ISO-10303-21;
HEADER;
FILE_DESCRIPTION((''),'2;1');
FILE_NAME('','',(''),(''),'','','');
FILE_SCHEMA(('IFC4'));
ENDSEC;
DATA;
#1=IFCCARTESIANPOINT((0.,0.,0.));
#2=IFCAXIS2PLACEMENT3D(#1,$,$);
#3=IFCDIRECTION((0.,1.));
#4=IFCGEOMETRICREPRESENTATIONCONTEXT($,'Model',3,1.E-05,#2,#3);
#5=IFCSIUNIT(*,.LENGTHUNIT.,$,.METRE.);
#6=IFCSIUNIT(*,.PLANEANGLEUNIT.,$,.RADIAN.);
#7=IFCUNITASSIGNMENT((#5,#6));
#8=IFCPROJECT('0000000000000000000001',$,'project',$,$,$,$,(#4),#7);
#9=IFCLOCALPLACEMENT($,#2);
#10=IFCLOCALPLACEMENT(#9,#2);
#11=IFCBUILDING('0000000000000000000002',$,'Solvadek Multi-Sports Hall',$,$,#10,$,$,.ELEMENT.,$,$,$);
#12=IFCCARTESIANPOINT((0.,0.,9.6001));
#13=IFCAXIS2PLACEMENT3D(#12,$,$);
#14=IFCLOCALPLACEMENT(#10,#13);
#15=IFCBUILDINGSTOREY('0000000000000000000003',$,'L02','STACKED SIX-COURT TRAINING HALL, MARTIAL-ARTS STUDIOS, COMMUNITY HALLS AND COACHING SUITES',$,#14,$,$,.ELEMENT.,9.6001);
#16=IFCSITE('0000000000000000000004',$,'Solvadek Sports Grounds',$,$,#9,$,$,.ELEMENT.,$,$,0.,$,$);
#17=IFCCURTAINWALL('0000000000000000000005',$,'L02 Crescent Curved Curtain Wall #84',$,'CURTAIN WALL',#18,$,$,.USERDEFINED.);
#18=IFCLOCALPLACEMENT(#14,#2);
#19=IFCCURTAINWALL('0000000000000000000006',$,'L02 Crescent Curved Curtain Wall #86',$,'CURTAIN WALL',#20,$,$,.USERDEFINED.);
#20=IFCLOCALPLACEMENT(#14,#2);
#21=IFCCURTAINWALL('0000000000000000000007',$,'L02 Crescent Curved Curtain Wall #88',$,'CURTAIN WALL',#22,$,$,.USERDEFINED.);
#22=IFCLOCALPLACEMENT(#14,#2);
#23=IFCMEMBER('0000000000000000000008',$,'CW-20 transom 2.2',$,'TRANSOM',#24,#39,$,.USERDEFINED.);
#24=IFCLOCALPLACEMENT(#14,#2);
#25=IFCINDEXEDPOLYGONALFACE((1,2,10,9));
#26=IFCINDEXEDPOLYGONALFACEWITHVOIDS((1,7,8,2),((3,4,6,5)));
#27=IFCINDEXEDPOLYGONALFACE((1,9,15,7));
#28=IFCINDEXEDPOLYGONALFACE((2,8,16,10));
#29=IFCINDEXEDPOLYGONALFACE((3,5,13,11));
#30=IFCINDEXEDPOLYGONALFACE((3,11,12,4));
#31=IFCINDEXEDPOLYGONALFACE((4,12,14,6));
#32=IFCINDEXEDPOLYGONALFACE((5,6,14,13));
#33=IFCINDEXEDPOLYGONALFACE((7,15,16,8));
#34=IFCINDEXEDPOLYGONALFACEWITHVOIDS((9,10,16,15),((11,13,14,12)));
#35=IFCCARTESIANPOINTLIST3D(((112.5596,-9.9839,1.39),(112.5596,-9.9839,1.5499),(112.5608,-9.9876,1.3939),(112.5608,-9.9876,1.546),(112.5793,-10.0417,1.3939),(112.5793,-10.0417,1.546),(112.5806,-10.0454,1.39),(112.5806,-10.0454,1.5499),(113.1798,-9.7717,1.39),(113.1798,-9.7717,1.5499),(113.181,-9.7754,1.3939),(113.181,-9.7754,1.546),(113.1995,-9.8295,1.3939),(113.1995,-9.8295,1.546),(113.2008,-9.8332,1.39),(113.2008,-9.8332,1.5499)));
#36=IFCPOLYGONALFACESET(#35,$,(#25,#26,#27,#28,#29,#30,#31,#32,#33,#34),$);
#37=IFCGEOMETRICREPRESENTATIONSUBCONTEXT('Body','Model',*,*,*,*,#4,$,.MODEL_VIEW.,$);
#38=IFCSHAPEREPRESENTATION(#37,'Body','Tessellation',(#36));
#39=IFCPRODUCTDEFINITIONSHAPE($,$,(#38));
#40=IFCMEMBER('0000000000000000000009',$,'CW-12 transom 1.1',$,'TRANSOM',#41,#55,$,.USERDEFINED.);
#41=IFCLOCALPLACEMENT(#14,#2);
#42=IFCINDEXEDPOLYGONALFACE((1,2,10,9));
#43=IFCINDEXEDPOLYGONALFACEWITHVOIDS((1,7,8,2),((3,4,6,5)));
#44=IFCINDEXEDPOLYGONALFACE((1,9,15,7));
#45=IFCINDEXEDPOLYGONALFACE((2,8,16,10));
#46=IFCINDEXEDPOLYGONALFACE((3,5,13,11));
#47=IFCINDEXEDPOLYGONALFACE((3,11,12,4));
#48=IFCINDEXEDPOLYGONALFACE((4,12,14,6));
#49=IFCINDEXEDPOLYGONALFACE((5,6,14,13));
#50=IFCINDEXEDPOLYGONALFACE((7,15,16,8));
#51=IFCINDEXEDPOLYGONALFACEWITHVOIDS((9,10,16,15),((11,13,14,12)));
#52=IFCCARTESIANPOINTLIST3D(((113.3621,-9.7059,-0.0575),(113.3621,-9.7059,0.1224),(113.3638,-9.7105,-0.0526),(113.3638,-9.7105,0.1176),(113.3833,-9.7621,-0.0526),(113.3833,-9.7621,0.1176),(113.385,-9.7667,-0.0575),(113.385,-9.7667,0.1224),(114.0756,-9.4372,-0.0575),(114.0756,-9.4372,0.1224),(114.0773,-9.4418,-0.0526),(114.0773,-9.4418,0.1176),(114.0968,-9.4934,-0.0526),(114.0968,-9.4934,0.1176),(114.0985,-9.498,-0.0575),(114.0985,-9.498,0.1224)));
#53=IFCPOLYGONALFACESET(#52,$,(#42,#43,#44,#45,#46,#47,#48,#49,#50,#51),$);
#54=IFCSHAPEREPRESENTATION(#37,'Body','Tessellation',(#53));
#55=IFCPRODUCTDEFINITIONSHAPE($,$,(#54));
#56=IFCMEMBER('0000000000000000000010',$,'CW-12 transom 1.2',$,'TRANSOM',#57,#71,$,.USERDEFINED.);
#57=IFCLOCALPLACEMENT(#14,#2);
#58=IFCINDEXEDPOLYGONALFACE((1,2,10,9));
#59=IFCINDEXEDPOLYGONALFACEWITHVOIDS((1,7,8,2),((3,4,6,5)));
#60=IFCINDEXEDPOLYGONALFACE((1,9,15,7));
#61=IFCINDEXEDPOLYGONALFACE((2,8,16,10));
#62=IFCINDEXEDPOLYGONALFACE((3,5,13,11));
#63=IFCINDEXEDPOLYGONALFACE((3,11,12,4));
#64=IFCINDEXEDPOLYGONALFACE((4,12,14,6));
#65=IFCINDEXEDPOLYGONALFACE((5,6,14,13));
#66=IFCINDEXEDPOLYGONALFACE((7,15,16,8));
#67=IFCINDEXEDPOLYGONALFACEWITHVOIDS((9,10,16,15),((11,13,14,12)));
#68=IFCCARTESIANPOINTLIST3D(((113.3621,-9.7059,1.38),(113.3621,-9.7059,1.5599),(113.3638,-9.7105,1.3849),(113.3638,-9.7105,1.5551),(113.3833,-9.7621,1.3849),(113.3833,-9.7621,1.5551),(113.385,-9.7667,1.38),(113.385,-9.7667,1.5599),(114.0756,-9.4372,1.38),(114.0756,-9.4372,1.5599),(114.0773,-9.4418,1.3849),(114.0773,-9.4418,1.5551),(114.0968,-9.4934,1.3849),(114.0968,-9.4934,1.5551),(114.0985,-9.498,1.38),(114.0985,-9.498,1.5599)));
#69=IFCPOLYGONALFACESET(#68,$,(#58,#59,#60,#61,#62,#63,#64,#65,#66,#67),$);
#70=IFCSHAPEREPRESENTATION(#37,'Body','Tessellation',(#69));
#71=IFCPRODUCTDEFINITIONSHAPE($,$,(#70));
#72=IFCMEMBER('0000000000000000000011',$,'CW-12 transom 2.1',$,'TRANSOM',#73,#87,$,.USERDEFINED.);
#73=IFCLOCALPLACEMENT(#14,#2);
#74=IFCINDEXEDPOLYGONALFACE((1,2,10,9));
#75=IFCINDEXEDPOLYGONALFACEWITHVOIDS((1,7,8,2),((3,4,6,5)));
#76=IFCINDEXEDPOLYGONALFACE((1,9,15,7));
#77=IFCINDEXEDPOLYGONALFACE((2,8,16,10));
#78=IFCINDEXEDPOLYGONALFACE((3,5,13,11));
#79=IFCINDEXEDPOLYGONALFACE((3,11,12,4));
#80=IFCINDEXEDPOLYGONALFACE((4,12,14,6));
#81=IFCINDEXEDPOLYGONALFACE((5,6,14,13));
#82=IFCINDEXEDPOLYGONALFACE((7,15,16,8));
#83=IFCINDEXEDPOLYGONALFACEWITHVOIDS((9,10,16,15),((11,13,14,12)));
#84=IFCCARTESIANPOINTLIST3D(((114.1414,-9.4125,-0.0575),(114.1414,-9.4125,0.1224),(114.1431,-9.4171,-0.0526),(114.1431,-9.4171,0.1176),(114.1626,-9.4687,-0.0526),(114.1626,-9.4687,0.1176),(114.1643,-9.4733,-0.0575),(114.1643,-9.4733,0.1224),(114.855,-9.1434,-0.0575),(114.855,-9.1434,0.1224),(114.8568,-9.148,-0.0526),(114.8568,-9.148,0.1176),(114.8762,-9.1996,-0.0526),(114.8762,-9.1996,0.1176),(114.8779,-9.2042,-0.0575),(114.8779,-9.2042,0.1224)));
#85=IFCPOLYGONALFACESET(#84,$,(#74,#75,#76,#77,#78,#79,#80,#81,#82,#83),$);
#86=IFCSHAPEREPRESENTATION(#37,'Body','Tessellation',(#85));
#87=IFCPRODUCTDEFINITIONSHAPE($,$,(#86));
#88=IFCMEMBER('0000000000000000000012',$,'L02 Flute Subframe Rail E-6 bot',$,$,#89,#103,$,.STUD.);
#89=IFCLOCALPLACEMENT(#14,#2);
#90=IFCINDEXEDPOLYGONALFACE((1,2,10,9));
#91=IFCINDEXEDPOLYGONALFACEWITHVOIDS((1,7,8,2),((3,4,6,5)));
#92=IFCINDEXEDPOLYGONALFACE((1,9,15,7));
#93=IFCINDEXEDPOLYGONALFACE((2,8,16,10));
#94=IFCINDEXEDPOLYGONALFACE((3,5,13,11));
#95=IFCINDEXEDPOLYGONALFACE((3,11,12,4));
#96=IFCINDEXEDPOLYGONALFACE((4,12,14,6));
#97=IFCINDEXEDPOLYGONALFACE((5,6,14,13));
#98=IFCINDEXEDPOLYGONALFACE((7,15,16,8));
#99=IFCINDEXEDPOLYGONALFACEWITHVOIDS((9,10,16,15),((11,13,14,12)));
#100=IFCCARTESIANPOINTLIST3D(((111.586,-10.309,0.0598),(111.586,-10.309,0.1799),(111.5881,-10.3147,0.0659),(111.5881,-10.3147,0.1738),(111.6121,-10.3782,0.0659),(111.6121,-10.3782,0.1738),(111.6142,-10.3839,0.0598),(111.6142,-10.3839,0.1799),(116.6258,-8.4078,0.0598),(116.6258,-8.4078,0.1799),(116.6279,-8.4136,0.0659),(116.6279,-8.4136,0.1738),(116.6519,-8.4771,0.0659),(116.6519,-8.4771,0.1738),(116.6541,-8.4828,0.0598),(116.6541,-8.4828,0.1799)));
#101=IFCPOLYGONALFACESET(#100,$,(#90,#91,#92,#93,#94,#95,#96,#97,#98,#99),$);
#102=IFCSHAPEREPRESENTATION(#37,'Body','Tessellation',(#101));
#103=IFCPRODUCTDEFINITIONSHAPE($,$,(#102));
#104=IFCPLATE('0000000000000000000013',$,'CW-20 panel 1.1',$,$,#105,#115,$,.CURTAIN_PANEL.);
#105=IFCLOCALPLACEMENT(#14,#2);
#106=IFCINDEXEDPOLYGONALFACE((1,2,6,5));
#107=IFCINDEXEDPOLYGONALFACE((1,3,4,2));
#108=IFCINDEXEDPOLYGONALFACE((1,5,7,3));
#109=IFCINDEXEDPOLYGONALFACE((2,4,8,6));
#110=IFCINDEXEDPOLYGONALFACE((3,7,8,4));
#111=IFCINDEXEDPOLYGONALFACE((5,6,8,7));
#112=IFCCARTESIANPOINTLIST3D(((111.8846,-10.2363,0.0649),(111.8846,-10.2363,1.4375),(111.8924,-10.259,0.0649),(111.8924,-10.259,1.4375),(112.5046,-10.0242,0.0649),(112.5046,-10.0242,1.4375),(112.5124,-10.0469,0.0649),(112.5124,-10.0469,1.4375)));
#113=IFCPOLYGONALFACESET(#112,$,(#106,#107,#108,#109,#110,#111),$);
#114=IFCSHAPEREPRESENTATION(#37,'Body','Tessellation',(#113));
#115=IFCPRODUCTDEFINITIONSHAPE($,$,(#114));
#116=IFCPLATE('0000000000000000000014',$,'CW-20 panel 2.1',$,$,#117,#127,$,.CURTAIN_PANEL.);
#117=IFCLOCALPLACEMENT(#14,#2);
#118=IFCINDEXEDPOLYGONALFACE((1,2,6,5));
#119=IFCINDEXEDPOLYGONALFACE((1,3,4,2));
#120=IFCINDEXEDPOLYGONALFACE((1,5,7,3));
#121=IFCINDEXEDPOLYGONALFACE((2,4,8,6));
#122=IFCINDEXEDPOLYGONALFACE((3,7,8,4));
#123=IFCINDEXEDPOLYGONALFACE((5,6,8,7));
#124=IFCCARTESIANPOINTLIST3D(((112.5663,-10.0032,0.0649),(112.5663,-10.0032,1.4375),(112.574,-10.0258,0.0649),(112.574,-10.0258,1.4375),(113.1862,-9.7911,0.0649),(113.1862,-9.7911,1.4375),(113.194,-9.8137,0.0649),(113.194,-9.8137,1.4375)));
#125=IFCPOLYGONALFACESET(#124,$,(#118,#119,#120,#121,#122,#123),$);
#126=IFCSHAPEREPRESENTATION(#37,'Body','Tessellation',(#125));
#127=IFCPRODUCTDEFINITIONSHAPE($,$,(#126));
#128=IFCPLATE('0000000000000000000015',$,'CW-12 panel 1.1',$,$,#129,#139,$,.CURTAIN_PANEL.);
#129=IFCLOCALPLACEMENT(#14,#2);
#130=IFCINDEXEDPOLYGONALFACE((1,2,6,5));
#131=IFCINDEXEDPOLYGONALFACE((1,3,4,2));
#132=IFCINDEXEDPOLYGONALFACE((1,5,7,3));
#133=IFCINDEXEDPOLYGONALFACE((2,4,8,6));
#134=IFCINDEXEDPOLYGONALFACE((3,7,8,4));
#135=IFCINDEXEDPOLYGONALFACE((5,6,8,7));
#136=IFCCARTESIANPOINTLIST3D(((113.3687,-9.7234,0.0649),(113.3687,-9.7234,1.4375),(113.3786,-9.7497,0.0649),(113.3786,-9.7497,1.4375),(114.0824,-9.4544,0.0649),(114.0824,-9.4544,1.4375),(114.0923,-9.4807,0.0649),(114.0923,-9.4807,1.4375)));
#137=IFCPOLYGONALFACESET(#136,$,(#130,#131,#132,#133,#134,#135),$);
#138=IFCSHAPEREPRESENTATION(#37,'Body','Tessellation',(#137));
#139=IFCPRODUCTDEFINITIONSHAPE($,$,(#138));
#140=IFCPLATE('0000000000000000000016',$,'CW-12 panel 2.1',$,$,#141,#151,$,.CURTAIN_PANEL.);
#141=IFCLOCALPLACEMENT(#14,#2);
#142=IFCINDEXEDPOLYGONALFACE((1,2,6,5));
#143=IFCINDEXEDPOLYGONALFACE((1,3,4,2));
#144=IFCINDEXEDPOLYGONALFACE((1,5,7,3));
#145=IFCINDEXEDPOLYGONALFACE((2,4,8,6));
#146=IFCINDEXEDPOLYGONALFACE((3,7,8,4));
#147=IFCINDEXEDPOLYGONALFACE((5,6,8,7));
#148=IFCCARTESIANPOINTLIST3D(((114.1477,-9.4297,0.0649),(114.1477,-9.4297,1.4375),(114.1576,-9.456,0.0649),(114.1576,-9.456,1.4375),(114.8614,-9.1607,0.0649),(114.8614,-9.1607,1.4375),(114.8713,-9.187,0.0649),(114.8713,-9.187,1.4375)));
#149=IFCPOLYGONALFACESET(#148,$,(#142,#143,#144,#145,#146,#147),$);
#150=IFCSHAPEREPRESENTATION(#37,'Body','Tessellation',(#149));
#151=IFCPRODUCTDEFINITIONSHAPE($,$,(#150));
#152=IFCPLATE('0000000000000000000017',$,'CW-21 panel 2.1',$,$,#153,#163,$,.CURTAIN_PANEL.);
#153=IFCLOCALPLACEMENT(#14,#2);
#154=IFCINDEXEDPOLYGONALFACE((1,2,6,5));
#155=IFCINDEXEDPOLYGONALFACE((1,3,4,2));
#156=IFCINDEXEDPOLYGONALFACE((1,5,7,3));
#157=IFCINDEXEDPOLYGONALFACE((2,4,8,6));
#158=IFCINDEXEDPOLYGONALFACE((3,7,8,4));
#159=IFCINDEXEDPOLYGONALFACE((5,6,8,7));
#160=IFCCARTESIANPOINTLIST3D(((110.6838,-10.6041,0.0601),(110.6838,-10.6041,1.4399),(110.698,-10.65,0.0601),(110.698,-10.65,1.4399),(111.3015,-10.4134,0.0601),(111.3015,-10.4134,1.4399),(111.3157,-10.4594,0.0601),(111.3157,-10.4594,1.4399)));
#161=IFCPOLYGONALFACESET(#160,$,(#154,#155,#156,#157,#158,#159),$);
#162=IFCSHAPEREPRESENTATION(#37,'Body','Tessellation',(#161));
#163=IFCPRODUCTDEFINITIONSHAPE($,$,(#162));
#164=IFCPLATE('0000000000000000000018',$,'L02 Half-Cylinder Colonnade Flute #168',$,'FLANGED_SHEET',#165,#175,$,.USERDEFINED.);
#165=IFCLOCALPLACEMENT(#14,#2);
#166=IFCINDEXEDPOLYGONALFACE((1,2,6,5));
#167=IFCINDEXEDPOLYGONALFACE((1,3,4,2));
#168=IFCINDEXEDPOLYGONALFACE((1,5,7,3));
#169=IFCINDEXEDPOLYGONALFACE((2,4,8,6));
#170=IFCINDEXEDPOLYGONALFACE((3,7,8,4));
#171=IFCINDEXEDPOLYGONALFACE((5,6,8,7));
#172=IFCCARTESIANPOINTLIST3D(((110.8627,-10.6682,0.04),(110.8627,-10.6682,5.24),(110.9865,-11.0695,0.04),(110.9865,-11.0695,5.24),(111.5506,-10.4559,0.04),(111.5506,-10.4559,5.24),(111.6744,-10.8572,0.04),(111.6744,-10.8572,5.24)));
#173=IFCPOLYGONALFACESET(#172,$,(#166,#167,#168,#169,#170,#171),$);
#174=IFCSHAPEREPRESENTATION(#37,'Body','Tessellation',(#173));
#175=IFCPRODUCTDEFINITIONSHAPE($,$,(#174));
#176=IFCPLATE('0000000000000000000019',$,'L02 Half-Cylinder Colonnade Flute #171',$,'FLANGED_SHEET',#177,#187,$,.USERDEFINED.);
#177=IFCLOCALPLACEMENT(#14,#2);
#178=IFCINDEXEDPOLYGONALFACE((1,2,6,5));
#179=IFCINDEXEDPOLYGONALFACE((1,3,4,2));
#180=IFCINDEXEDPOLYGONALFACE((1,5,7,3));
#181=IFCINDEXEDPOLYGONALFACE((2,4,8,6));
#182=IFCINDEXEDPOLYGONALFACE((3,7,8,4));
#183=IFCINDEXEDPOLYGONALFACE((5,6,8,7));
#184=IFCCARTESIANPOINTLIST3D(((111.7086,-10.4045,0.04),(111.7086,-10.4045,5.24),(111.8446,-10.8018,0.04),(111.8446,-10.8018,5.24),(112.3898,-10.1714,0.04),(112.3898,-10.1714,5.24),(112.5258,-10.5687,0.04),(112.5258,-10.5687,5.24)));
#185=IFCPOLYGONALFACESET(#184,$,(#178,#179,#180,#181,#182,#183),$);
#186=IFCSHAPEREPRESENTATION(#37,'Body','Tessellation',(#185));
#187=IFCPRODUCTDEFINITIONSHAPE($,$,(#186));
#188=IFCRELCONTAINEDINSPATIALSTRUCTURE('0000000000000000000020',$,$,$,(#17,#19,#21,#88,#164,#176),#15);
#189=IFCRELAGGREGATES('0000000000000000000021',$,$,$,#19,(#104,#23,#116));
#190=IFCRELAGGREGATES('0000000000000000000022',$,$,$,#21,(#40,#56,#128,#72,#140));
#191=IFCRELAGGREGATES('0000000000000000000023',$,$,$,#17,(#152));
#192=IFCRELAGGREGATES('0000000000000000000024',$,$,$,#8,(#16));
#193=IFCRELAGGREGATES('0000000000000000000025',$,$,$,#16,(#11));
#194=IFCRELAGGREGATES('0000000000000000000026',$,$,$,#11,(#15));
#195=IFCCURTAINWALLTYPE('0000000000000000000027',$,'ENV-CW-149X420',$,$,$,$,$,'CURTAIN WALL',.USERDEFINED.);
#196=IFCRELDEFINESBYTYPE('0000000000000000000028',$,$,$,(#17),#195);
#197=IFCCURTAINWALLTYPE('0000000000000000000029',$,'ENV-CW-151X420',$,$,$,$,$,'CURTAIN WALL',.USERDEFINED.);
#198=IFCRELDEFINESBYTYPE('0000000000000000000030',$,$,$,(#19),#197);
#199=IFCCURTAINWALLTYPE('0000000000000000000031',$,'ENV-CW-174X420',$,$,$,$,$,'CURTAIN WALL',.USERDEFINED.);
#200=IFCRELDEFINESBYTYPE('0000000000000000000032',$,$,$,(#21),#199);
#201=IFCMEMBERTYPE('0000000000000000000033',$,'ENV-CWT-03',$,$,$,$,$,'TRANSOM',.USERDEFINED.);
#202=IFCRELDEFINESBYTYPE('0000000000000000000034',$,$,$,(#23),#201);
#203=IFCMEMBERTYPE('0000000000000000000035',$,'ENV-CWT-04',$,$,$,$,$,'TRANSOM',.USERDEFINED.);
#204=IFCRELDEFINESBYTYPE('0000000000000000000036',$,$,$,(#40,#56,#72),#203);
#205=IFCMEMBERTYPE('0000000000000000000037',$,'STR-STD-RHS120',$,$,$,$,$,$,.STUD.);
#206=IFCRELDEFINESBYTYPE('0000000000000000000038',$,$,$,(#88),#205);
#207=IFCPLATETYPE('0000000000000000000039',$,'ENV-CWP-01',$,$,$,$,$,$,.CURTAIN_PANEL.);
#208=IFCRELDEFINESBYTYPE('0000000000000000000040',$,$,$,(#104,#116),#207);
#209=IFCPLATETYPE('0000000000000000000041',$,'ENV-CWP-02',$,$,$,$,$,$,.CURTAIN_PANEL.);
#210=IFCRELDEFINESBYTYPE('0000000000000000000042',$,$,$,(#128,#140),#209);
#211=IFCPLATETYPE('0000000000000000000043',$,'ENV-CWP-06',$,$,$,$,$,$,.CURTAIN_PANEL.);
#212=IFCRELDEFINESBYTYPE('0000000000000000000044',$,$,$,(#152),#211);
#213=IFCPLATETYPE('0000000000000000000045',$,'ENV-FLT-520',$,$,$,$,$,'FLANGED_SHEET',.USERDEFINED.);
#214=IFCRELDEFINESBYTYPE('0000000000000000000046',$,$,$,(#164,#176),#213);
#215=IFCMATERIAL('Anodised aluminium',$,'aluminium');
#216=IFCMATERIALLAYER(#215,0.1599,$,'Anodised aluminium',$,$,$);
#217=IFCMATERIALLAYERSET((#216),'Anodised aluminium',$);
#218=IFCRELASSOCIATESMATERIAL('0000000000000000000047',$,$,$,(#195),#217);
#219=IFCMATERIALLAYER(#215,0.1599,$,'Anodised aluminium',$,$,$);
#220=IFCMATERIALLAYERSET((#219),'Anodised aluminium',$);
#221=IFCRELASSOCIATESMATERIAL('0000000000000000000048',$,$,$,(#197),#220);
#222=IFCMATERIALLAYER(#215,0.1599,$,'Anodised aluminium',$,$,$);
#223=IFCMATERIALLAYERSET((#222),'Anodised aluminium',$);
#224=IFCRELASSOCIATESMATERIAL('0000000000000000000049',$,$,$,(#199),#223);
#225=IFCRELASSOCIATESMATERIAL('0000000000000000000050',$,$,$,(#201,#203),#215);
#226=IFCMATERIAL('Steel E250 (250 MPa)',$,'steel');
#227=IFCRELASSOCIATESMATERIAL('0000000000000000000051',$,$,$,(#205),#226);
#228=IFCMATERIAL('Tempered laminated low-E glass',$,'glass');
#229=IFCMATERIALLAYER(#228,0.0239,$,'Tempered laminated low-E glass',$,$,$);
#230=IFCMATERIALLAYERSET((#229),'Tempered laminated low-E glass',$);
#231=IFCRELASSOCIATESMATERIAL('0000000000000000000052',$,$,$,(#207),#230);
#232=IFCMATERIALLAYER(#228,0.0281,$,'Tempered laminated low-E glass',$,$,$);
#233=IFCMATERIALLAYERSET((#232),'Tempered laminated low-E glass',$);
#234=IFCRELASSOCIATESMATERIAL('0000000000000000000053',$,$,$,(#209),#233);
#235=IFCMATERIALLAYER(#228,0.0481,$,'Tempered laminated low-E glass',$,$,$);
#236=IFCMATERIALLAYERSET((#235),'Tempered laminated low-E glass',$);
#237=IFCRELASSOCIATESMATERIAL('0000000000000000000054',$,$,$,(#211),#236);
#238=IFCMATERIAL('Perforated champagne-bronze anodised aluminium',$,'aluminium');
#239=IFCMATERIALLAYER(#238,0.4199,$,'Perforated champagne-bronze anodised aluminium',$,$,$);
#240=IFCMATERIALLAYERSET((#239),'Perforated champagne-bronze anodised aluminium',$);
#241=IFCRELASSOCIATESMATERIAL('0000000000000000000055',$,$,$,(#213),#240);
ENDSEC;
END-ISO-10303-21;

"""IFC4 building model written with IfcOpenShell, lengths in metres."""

from ifc_helpers import new_model, si_unit, direction, frame, origin, origin_2d, place, context, subcontext, project, spatial, rectangle, hollow_rectangle, extrude, material, layer, layer_set, material_profile, profile_set, type_object, element, aggregate, save


model = new_model("IFC4")

# Units and contexts
model_context = context("Model", 3, precision=1e-05, world=origin(), true_north=direction((0.0, 1.0)))
body_context = subcontext(model_context, "Body", "Model", "MODEL_VIEW")
ifc_project = project(units=[si_unit("LENGTHUNIT", "METRE"), si_unit("PLANEANGLEUNIT", "RADIAN")], contexts=[model_context])

# Site, building, storey
site_placement = place(None, origin())
site = spatial("IfcSite", under=ifc_project, at=site_placement, Name="Solvadek Sports Grounds", CompositionType="ELEMENT", RefElevation=0.0)
building_placement = place(site_placement, origin())
building = spatial("IfcBuilding", under=site, at=building_placement, Name="Solvadek Multi-Sports Hall", CompositionType="ELEMENT")
storey_placement = place(building_placement, frame((0.0, 0.0, 9.6001)))
storey = spatial("IfcBuildingStorey", under=building, at=storey_placement, Name="L02", Description="STACKED SIX-COURT TRAINING HALL, MARTIAL-ARTS STUDIOS, COMMUNITY HALLS AND COACHING SUITES", CompositionType="ELEMENT", Elevation=9.6001)

# Curtain wall
ifc_material_1 = material(Name="Anodised aluminium", Category="aluminium")
ifc_layer_1 = layer(ifc_material_1, 0.1599, Name="Anodised aluminium")
ifc_layer_set_1 = layer_set([ifc_layer_1], Name="Anodised aluminium")
curtain_wall_type_1 = type_object("IfcCurtainWallType", Name="ENV-CW-149X420", ElementType="CURTAIN WALL", PredefinedType="USERDEFINED", material=ifc_layer_set_1)
curtain_wall_1_placement = place(storey_placement, origin())
curtain_wall_1 = element("IfcCurtainWall", 1, at=curtain_wall_1_placement, inside=storey, type_object=curtain_wall_type_1, Name="L02 Crescent Curved Curtain Wall #84", ObjectType="CURTAIN WALL", PredefinedType="USERDEFINED")

# Curtain walls
ifc_layer_2 = layer(ifc_material_1, 0.1599, Name="Anodised aluminium")
ifc_layer_set_2 = layer_set([ifc_layer_2], Name="Anodised aluminium")
curtain_wall_type_2 = type_object("IfcCurtainWallType", Name="ENV-CW-151X420", ElementType="CURTAIN WALL", PredefinedType="USERDEFINED", material=ifc_layer_set_2)
curtain_wall_2_placement = place(storey_placement, origin())
curtain_wall_2 = element("IfcCurtainWall", 2, at=curtain_wall_2_placement, inside=storey, type_object=curtain_wall_type_2, Name="L02 Crescent Curved Curtain Wall #86", ObjectType="CURTAIN WALL", PredefinedType="USERDEFINED")
ifc_layer_3 = layer(ifc_material_1, 0.1599, Name="Anodised aluminium")
ifc_layer_set_3 = layer_set([ifc_layer_3], Name="Anodised aluminium")
curtain_wall_type_3 = type_object("IfcCurtainWallType", Name="ENV-CW-174X420", ElementType="CURTAIN WALL", PredefinedType="USERDEFINED", material=ifc_layer_set_3)
curtain_wall_3_placement = place(storey_placement, origin())
curtain_wall_3 = element("IfcCurtainWall", 3, at=curtain_wall_3_placement, inside=storey, type_object=curtain_wall_type_3, Name="L02 Crescent Curved Curtain Wall #88", ObjectType="CURTAIN WALL", PredefinedType="USERDEFINED")

# Members
ifc_material_profile_1 = material_profile(ifc_material_1, hollow_rectangle(XDim=0.0649, YDim=0.1599, WallThickness=0.0039, at=origin_2d()), Name="ALU-T 160x65x4")
ifc_profile_set_1 = profile_set([ifc_material_profile_1], Name="Anodised aluminium")
member_type_1 = type_object("IfcMemberType", Name="ENV-CWT-03", ElementType="TRANSOM", PredefinedType="USERDEFINED", material=ifc_profile_set_1)
member_1_placement = place(storey_placement, frame((112.5701, -10.0146, 1.47), z_axis=(0.946158, 0.323705, 0.0), x_axis=(-0.323705, 0.946158, 0.0)))
member_1 = element("IfcMember", 4, at=member_1_placement, type_object=member_type_1, Name="CW-20 transom 2.2", ObjectType="TRANSOM", PredefinedType="USERDEFINED", context=body_context, shape_type="SweptSolid", body=[
    extrude(hollow_rectangle(XDim=0.0649, YDim=0.1599, WallThickness=0.0039, at=origin_2d()), origin(), (0.0, 0.0, 1.0), 0.6555),
])
ifc_material_profile_2 = material_profile(ifc_material_1, hollow_rectangle(XDim=0.0649, YDim=0.1799, WallThickness=0.0049, at=origin_2d()), Name="ALU-T 180x65x5")
ifc_profile_set_2 = profile_set([ifc_material_profile_2], Name="Anodised aluminium")
member_type_2 = type_object("IfcMemberType", Name="ENV-CWT-04", ElementType="TRANSOM", PredefinedType="USERDEFINED", material=ifc_profile_set_2)
member_2_placement = place(storey_placement, frame((113.3735, -9.7363, 0.0325), z_axis=(0.935815, 0.352491, 0.0), x_axis=(-0.352491, 0.935815, 0.0)))
member_2 = element("IfcMember", 5, at=member_2_placement, type_object=member_type_2, Name="CW-12 transom 1.1", ObjectType="TRANSOM", PredefinedType="USERDEFINED", context=body_context, shape_type="SweptSolid", body=[
    extrude(hollow_rectangle(XDim=0.0649, YDim=0.1799, WallThickness=0.0049, at=origin_2d()), origin(), (0.0, 0.0, 1.0), 0.7625),
])
member_3_placement = place(storey_placement, frame((113.3735, -9.7363, 1.47), z_axis=(0.935815, 0.352491, 0.0), x_axis=(-0.352491, 0.935815, 0.0)))
member_3 = element("IfcMember", 6, at=member_3_placement, type_object=member_type_2, Name="CW-12 transom 1.2", ObjectType="TRANSOM", PredefinedType="USERDEFINED", context=body_context, shape_type="SweptSolid", body=[
    extrude(hollow_rectangle(XDim=0.0649, YDim=0.1799, WallThickness=0.0049, at=origin_2d()), origin(), (0.0, 0.0, 1.0), 0.7625),
])
member_4_placement = place(storey_placement, frame((114.1528, -9.4429, 0.0325), z_axis=(0.935709, 0.352772, 0.0), x_axis=(-0.352772, 0.935709, 0.0)))
member_4 = element("IfcMember", 7, at=member_4_placement, type_object=member_type_2, Name="CW-12 transom 2.1", ObjectType="TRANSOM", PredefinedType="USERDEFINED", context=body_context, shape_type="SweptSolid", body=[
    extrude(hollow_rectangle(XDim=0.0649, YDim=0.1799, WallThickness=0.0049, at=origin_2d()), origin(), (0.0, 0.0, 1.0), 0.7627),
])
ifc_material_2 = material(Name="Steel E250 (250 MPa)", Category="steel")
ifc_material_profile_3 = material_profile(ifc_material_2, hollow_rectangle(XDim=0.0801, YDim=0.1201, WallThickness=0.0061, at=origin_2d()), Name="RHS 120x80x6")
ifc_profile_set_3 = profile_set([ifc_material_profile_3], Name="Steel E250 (250 MPa)")
member_type_3 = type_object("IfcMemberType", Name="STR-STD-RHS120", PredefinedType="STUD", material=ifc_profile_set_3)
member_5_placement = place(storey_placement, frame((111.6001, -10.3464, 0.1199), z_axis=(0.935644, 0.352946, 0.0), x_axis=(-0.352946, 0.935644, 0.0)))
element("IfcMember", 8, at=member_5_placement, inside=storey, type_object=member_type_3, Name="L02 Flute Subframe Rail E-6 bot", PredefinedType="STUD", context=body_context, shape_type="SweptSolid", body=[
    extrude(hollow_rectangle(XDim=0.0801, YDim=0.1201, WallThickness=0.0061, at=origin_2d()), origin(), (0.0, 0.0, 1.0), 5.3865),
])

# Plates
ifc_material_3 = material(Name="Tempered laminated low-E glass", Category="glass")
ifc_layer_4 = layer(ifc_material_3, 0.0239, Name="Tempered laminated low-E glass")
ifc_layer_set_4 = layer_set([ifc_layer_4], Name="Tempered laminated low-E glass")
plate_type_1 = type_object("IfcPlateType", Name="ENV-CWP-01", PredefinedType="CURTAIN_PANEL", material=ifc_layer_set_4)
plate_1_placement = place(storey_placement, frame((112.1985, -10.1416, 0.0649), z_axis=(0.0, 0.0, 1.0), x_axis=(0.94615, 0.32373, 0.0)))
plate_1 = element("IfcPlate", 9, at=plate_1_placement, type_object=plate_type_1, Name="CW-20 panel 1.1", PredefinedType="CURTAIN_PANEL", context=body_context, shape_type="SweptSolid", body=[
    extrude(rectangle(XDim=0.6553, YDim=0.0239, at=origin_2d()), origin(), (0.0, 0.0, 1.0), 1.3726),
])
plate_2_placement = place(storey_placement, frame((112.8801, -9.9084, 0.0649), z_axis=(0.0, 0.0, 1.0), x_axis=(0.94615, 0.32373, 0.0)))
plate_2 = element("IfcPlate", 10, at=plate_2_placement, type_object=plate_type_1, Name="CW-20 panel 2.1", PredefinedType="CURTAIN_PANEL", context=body_context, shape_type="SweptSolid", body=[
    extrude(rectangle(XDim=0.6553, YDim=0.0239, at=origin_2d()), origin(), (0.0, 0.0, 1.0), 1.3726),
])
aggregate(curtain_wall_2, [plate_1, member_1, plate_2])
ifc_layer_5 = layer(ifc_material_3, 0.0281, Name="Tempered laminated low-E glass")
ifc_layer_set_5 = layer_set([ifc_layer_5], Name="Tempered laminated low-E glass")
plate_type_2 = type_object("IfcPlateType", Name="ENV-CWP-02", PredefinedType="CURTAIN_PANEL", material=ifc_layer_set_5)
plate_3_placement = place(storey_placement, frame((113.7305, -9.6021, 0.0649), z_axis=(0.0, 0.0, 1.0), x_axis=(0.935764, 0.352626, 0.0)))
plate_3 = element("IfcPlate", 11, at=plate_3_placement, type_object=plate_type_2, Name="CW-12 panel 1.1", PredefinedType="CURTAIN_PANEL", context=body_context, shape_type="SweptSolid", body=[
    extrude(rectangle(XDim=0.7627, YDim=0.0281, at=origin_2d()), origin(), (0.0, 0.0, 1.0), 1.3726),
])
plate_4_placement = place(storey_placement, frame((114.5095, -9.3083, 0.0649), z_axis=(0.0, 0.0, 1.0), x_axis=(0.935764, 0.352626, 0.0)))
plate_4 = element("IfcPlate", 12, at=plate_4_placement, type_object=plate_type_2, Name="CW-12 panel 2.1", PredefinedType="CURTAIN_PANEL", context=body_context, shape_type="SweptSolid", body=[
    extrude(rectangle(XDim=0.7627, YDim=0.0281, at=origin_2d()), origin(), (0.0, 0.0, 1.0), 1.3726),
])
aggregate(curtain_wall_3, [member_2, member_3, plate_3, member_4, plate_4])
ifc_layer_6 = layer(ifc_material_3, 0.0481, Name="Tempered laminated low-E glass")
ifc_layer_set_6 = layer_set([ifc_layer_6], Name="Tempered laminated low-E glass")
plate_type_3 = type_object("IfcPlateType", Name="ENV-CWP-06", PredefinedType="CURTAIN_PANEL", material=ifc_layer_set_6)
plate_5_placement = place(storey_placement, frame((110.9998, -10.5317, 0.0601), z_axis=(0.0, 0.0, 1.0), x_axis=(0.955521, 0.294922, 0.0)))
plate_5 = element("IfcPlate", 13, at=plate_5_placement, type_object=plate_type_3, Name="CW-21 panel 2.1", PredefinedType="CURTAIN_PANEL", context=body_context, shape_type="SweptSolid", body=[
    extrude(rectangle(XDim=0.6465, YDim=0.0481, at=origin_2d()), origin(), (0.0, 0.0, 1.0), 1.3799),
])
aggregate(curtain_wall_1, [plate_5])

# Plates
ifc_material_4 = material(Name="Perforated champagne-bronze anodised aluminium", Category="aluminium")
ifc_layer_7 = layer(ifc_material_4, 0.4199, Name="Perforated champagne-bronze anodised aluminium")
ifc_layer_set_7 = layer_set([ifc_layer_7], Name="Perforated champagne-bronze anodised aluminium")
plate_type_4 = type_object("IfcPlateType", Name="ENV-FLT-520", ElementType="FLANGED_SHEET", PredefinedType="USERDEFINED", material=ifc_layer_set_7)
for number, where, z_axis, x_axis, name in (
    (14, (111.2686, -10.7627, 0.04), (0.0, 0.0, 1.0), (0.955527, 0.294905, 0.0), "L02 Half-Cylinder Colonnade Flute #168"),
    (15, (112.1172, -10.4866, 0.04), (0.0, 0.0, 1.0), (0.946153, 0.32372, 0.0), "L02 Half-Cylinder Colonnade Flute #171"),
):
    element("IfcPlate", number, at=place(storey_placement, frame(where, z_axis=z_axis, x_axis=x_axis)), inside=storey, type_object=plate_type_4, Name=name, ObjectType="FLANGED_SHEET", PredefinedType="USERDEFINED", context=body_context, shape_type="SweptSolid", body=[
        extrude(rectangle(XDim=0.72, YDim=0.4199, at=origin_2d()), origin(), (0.0, 0.0, 1.0), 5.2),
    ])

save(model, "model.ifc")
